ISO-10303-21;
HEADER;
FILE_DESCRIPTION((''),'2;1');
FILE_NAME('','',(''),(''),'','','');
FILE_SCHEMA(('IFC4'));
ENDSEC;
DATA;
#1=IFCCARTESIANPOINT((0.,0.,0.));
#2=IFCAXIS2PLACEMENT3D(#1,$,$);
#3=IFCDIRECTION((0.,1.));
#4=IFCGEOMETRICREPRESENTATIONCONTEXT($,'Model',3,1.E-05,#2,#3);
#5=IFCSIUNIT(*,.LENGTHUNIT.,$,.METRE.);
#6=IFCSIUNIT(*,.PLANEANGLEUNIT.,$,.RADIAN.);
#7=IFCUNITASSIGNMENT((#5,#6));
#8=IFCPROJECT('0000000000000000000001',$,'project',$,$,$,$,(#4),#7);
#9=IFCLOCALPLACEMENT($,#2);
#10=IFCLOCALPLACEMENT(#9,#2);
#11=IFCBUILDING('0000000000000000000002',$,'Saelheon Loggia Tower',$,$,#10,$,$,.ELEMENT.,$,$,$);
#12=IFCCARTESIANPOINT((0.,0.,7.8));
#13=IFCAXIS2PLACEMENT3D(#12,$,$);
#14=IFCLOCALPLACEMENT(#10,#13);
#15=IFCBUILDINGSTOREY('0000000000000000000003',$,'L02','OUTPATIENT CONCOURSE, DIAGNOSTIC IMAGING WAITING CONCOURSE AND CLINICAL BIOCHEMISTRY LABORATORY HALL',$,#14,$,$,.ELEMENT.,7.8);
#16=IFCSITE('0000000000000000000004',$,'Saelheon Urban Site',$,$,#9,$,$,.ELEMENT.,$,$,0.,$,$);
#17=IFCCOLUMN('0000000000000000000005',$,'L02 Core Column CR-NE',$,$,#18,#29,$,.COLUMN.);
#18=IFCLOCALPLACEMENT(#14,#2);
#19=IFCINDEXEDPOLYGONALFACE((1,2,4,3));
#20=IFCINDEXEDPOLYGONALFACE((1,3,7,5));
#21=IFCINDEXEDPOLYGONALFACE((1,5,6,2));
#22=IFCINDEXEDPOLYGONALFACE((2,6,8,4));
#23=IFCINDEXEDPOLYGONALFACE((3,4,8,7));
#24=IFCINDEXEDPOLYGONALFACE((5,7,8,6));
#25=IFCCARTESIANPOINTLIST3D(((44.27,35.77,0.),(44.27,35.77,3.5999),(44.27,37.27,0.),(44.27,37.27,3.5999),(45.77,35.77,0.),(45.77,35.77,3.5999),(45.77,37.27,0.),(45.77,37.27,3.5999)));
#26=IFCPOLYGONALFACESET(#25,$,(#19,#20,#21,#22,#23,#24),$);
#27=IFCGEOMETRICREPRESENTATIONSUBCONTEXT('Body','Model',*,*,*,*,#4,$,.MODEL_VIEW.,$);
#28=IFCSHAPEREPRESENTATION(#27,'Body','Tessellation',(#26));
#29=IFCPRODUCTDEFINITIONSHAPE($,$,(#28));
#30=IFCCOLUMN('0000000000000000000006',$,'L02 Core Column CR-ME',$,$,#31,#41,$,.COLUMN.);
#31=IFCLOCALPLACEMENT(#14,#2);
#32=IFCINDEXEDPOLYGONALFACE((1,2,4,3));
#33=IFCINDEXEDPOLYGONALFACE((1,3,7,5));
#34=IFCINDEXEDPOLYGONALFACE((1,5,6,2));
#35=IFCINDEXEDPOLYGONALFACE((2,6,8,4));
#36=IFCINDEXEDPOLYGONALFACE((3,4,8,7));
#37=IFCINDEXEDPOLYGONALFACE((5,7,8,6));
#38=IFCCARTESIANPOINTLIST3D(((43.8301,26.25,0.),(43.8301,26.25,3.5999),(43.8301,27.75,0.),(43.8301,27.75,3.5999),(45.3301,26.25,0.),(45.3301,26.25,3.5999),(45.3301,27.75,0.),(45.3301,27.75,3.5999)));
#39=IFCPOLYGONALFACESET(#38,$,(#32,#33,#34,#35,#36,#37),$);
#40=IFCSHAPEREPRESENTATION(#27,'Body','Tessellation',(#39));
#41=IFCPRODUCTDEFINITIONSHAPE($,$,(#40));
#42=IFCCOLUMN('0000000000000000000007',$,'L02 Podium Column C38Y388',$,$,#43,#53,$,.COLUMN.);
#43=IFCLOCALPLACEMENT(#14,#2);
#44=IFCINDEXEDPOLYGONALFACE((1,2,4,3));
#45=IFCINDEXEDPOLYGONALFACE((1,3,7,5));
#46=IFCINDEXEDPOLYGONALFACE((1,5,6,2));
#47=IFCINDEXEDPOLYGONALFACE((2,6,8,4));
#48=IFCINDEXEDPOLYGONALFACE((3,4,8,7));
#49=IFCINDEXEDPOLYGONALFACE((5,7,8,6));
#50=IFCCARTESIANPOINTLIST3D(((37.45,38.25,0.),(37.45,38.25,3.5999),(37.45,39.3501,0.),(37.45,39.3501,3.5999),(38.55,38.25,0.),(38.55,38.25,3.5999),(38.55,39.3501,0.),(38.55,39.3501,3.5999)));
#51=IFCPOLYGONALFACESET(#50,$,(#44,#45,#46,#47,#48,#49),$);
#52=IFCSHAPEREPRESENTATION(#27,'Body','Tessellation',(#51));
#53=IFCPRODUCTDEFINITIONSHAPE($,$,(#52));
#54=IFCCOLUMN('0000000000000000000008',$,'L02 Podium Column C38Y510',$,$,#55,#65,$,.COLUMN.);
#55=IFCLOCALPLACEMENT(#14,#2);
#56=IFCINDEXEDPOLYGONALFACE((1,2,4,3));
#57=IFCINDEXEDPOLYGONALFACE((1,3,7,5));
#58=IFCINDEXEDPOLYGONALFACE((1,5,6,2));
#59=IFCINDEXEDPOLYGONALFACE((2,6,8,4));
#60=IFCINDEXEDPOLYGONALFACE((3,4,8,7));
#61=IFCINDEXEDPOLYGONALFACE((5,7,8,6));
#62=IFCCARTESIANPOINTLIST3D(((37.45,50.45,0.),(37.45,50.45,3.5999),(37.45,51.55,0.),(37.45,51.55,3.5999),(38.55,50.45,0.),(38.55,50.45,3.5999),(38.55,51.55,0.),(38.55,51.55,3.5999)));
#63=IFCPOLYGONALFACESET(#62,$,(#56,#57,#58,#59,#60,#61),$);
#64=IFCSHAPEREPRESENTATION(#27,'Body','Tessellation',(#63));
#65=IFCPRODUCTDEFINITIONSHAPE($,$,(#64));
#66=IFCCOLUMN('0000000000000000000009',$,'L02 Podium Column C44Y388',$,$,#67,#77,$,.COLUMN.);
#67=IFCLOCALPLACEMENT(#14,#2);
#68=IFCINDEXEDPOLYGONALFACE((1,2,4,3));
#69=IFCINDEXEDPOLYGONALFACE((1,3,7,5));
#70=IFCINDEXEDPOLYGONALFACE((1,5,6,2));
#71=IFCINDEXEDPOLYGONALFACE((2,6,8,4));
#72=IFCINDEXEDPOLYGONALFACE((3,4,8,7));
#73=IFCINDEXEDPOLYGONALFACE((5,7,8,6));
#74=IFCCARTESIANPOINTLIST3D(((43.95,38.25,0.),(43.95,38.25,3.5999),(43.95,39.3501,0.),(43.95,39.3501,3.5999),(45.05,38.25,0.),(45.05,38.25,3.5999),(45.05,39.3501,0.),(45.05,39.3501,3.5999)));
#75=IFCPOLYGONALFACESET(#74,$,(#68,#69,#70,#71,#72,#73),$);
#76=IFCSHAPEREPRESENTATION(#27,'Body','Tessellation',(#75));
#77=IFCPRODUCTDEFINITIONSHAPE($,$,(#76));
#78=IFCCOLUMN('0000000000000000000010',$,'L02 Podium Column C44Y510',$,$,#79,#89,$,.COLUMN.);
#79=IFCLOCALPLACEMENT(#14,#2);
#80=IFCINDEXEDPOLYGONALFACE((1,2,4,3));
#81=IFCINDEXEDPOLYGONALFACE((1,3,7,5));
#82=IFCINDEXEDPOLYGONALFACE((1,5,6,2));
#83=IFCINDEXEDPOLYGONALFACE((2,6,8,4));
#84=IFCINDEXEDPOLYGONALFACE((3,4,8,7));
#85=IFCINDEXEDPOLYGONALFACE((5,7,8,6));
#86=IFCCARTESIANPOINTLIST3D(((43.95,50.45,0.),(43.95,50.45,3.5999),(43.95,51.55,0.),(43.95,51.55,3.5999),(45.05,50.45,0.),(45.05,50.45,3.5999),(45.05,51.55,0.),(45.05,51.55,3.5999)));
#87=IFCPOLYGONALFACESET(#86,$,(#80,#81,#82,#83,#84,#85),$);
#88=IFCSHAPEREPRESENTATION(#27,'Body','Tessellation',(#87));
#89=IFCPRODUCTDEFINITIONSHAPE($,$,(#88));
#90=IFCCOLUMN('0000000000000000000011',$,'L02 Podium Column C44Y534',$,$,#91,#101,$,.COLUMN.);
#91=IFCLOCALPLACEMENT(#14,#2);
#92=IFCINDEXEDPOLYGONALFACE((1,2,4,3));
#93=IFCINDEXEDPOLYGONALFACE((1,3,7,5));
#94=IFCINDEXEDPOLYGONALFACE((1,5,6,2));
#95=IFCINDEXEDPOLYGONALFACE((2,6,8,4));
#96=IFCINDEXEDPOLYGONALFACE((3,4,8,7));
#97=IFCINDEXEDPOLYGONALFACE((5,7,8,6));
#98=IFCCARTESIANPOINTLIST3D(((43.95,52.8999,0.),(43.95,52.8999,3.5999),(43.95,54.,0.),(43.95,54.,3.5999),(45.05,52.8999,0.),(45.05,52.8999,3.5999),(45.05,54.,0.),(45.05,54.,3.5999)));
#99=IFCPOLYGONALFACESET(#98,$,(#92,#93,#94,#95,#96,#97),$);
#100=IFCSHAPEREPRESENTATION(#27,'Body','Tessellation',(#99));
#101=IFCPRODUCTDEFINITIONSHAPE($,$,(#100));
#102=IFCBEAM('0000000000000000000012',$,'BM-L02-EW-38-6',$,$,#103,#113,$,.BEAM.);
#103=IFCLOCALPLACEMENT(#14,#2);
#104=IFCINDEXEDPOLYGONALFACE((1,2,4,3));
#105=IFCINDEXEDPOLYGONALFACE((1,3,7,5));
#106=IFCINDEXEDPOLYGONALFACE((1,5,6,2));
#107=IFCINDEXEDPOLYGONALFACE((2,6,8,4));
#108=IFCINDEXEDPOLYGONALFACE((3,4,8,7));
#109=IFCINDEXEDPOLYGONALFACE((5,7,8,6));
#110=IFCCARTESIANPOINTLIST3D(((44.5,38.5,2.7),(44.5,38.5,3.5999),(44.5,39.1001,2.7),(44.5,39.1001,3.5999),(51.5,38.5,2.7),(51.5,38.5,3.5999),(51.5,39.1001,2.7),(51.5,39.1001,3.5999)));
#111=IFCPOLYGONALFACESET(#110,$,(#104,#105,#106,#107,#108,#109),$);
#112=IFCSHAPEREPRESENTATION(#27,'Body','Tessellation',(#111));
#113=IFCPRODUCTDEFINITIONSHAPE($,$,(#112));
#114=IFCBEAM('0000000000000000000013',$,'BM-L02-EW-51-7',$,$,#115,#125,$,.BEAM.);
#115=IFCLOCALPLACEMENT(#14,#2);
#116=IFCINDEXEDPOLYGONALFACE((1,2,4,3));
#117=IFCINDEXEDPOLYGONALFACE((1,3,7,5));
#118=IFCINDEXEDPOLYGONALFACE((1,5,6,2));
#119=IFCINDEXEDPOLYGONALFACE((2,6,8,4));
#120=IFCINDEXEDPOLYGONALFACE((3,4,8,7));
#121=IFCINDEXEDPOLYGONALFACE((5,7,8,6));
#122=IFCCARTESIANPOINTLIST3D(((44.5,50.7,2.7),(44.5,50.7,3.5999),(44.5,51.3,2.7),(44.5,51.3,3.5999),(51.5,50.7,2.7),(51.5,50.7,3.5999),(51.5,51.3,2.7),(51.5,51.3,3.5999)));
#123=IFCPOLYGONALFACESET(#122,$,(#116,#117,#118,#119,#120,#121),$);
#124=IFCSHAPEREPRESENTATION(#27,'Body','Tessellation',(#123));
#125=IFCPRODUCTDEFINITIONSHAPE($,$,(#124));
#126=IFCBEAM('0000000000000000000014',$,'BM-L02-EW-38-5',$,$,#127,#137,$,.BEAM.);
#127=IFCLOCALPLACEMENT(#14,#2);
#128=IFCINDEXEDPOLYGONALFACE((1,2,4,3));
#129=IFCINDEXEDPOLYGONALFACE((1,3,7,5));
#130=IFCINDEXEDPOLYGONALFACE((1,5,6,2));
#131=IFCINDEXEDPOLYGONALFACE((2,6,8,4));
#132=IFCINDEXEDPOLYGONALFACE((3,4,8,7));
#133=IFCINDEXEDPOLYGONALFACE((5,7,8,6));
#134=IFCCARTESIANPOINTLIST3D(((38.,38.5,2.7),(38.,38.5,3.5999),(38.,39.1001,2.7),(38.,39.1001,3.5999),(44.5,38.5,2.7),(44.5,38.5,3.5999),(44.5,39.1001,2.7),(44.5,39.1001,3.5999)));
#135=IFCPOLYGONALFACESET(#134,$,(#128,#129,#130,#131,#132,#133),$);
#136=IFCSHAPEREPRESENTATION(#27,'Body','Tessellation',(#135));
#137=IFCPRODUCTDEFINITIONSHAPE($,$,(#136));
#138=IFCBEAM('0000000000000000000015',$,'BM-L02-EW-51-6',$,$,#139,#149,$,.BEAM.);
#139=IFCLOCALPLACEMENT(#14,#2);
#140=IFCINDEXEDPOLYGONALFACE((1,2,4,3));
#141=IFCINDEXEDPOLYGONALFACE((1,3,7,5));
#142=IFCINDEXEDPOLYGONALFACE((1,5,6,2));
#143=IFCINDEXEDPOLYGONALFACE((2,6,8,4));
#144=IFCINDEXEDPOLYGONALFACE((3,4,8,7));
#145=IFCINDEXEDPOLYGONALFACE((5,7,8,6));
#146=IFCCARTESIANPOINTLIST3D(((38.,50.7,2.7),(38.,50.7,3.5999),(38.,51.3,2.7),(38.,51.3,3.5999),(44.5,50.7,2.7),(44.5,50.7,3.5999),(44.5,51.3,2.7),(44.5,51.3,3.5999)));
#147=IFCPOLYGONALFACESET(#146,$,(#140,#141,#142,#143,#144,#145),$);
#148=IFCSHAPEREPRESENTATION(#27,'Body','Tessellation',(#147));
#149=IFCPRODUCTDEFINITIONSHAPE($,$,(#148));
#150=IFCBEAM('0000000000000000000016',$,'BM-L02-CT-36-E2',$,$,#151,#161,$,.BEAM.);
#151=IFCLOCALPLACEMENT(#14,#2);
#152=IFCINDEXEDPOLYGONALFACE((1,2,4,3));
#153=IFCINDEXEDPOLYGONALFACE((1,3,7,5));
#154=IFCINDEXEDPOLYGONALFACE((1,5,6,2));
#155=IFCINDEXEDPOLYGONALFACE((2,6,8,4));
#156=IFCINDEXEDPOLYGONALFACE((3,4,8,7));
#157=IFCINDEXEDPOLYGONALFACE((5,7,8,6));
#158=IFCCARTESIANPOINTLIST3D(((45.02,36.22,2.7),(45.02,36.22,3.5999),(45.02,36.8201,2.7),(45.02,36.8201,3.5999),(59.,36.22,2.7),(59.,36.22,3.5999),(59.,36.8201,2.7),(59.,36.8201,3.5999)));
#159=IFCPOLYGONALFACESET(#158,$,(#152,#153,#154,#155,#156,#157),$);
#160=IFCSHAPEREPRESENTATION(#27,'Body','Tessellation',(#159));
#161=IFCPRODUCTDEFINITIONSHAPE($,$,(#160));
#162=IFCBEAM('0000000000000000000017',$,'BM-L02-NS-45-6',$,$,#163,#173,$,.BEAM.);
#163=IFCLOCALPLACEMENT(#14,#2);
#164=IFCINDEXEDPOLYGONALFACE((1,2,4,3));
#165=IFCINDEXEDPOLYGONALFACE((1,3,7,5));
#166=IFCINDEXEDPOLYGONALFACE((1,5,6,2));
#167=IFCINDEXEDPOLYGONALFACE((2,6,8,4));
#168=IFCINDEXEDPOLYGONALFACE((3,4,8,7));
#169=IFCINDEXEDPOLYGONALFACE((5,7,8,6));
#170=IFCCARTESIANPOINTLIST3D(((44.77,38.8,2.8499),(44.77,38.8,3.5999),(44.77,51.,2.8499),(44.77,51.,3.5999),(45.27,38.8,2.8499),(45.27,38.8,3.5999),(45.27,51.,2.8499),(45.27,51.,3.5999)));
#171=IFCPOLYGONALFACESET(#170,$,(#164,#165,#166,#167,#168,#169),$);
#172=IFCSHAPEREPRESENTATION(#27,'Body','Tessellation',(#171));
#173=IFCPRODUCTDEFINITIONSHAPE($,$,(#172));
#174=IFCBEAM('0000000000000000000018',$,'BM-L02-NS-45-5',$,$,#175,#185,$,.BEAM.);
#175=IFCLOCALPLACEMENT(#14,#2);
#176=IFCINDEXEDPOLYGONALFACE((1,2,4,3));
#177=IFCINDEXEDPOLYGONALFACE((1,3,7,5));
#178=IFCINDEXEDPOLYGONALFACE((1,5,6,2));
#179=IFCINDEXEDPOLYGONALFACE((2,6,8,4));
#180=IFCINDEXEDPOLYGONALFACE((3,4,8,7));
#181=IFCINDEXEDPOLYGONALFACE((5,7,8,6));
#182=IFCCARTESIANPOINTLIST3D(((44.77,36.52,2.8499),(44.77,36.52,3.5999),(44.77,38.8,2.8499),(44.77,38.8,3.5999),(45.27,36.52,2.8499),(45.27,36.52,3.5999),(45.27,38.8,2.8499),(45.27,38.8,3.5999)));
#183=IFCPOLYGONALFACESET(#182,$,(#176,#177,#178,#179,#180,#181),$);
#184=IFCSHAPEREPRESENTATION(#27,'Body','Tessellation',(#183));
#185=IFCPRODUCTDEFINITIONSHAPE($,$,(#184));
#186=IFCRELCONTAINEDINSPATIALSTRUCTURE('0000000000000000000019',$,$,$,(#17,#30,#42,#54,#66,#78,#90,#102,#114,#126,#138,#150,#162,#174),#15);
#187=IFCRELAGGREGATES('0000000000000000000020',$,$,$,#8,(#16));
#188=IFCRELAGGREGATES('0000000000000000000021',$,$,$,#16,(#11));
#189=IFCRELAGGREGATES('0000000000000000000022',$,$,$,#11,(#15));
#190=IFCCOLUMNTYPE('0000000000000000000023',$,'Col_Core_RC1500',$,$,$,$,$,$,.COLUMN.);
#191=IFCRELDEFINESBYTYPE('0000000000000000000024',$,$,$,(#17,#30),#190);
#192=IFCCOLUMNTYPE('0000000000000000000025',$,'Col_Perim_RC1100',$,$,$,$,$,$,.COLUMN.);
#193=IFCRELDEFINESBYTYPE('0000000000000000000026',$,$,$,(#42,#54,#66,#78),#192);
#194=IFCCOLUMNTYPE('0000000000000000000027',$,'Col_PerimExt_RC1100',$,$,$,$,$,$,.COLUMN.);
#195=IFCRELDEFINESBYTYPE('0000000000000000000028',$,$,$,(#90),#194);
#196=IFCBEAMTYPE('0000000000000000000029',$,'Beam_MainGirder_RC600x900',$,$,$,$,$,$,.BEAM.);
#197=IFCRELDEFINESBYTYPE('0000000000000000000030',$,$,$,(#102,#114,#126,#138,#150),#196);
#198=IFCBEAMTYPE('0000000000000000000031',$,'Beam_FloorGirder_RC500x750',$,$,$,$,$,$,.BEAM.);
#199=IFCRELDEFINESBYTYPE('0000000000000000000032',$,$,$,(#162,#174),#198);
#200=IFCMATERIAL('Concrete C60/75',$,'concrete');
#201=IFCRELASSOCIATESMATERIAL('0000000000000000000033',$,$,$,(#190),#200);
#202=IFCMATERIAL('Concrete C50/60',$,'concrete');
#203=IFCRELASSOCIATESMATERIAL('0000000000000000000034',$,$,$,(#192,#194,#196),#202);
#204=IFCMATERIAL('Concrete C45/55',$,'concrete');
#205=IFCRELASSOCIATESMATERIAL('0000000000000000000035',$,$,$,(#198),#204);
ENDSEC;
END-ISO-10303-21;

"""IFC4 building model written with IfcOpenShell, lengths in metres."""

from ifc_helpers import new_model, si_unit, direction, frame, origin, origin_2d, place, context, subcontext, project, spatial, rectangle, extrude, source, transform, mapped, material, material_profile, profile_set, type_object, element, save


model = new_model("IFC4")

# Units and contexts
model_context = context("Model", 3, precision=1e-05, world=origin(), true_north=direction((0.0, 1.0)))
body_context = subcontext(model_context, "Body", "Model", "MODEL_VIEW")
ifc_project = project(units=[si_unit("LENGTHUNIT", "METRE"), si_unit("PLANEANGLEUNIT", "RADIAN")], contexts=[model_context])

# Site, building, storey
site_placement = place(None, origin())
site = spatial("IfcSite", under=ifc_project, at=site_placement, Name="Saelheon Urban Site", CompositionType="ELEMENT", RefElevation=0.0)
building_placement = place(site_placement, origin())
building = spatial("IfcBuilding", under=site, at=building_placement, Name="Saelheon Loggia Tower", CompositionType="ELEMENT")
storey_placement = place(building_placement, frame((0.0, 0.0, 7.8)))
storey = spatial("IfcBuildingStorey", under=building, at=storey_placement, Name="L02", Description="OUTPATIENT CONCOURSE, DIAGNOSTIC IMAGING WAITING CONCOURSE AND CLINICAL BIOCHEMISTRY LABORATORY HALL", CompositionType="ELEMENT", Elevation=7.8)

# Columns
ifc_material_1 = material(Name="Concrete C60/75", Category="concrete")
ifc_material_profile_1 = material_profile(ifc_material_1, rectangle(XDim=1.5, YDim=1.5, at=origin_2d()), Name="RC-1500x1500")
ifc_profile_set_1 = profile_set([ifc_material_profile_1], Name="Concrete C60/75")
column_type_1 = type_object("IfcColumnType", Name="Col_Core_RC1500", PredefinedType="COLUMN", material=ifc_profile_set_1)
shared_shape_1 = source(origin(), body_context, "Body", "SweptSolid", [
    extrude(rectangle(XDim=1.5, YDim=1.5, at=origin_2d()), origin(), (0.0, 0.0, 1.0), 3.5999),
])
for number, where, z_axis, x_axis, name in (
    (1, (45.02, 36.52, 0.0), (0.0, 0.0, 1.0), (1.0, 0.0, 0.0), "L02 Core Column CR-NE"),
    (2, (44.5801, 27.0, 0.0), (0.0, 0.0, 1.0), (1.0, 0.0, 0.0), "L02 Core Column CR-ME"),
):
    element("IfcColumn", number, at=place(storey_placement, frame(where, z_axis=z_axis, x_axis=x_axis)), inside=storey, type_object=column_type_1, Name=name, PredefinedType="COLUMN", context=body_context, shape_type="MappedRepresentation", body=[
        mapped(shared_shape_1, transform((0.0, 0.0, 0.0), scale=1.0)),
    ])
ifc_material_2 = material(Name="Concrete C50/60", Category="concrete")
ifc_material_profile_2 = material_profile(ifc_material_2, rectangle(XDim=1.1001, YDim=1.1001, at=origin_2d()), Name="RC-1100x1100")
ifc_profile_set_2 = profile_set([ifc_material_profile_2], Name="Concrete C50/60")
column_type_2 = type_object("IfcColumnType", Name="Col_Perim_RC1100", PredefinedType="COLUMN", material=ifc_profile_set_2)
shared_shape_2 = source(origin(), body_context, "Body", "SweptSolid", [
    extrude(rectangle(XDim=1.1001, YDim=1.1001, at=origin_2d()), origin(), (0.0, 0.0, 1.0), 3.5999),
])
for number, where, z_axis, x_axis, name in (
    (3, (38.0, 38.8, 0.0), (0.0, 0.0, 1.0), (1.0, 0.0, 0.0), "L02 Podium Column C38Y388"),
    (4, (38.0, 51.0, 0.0), (0.0, 0.0, 1.0), (1.0, 0.0, 0.0), "L02 Podium Column C38Y510"),
    (5, (44.5, 38.8, 0.0), (0.0, 0.0, 1.0), (1.0, 0.0, 0.0), "L02 Podium Column C44Y388"),
    (6, (44.5, 51.0, 0.0), (0.0, 0.0, 1.0), (1.0, 0.0, 0.0), "L02 Podium Column C44Y510"),
):
    element("IfcColumn", number, at=place(storey_placement, frame(where, z_axis=z_axis, x_axis=x_axis)), inside=storey, type_object=column_type_2, Name=name, PredefinedType="COLUMN", context=body_context, shape_type="MappedRepresentation", body=[
        mapped(shared_shape_2, transform((0.0, 0.0, 0.0), scale=1.0)),
    ])
ifc_material_profile_3 = material_profile(ifc_material_2, rectangle(XDim=1.1001, YDim=1.1001, at=origin_2d()), Name="RC-1100x1100")
ifc_profile_set_3 = profile_set([ifc_material_profile_3], Name="Concrete C50/60")
column_type_3 = type_object("IfcColumnType", Name="Col_PerimExt_RC1100", PredefinedType="COLUMN", material=ifc_profile_set_3)
column_placement = place(storey_placement, frame((44.5, 53.45, 0.0), z_axis=(0.0, 0.0, 1.0), x_axis=(1.0, 0.0, 0.0)))
element("IfcColumn", 7, at=column_placement, inside=storey, type_object=column_type_3, Name="L02 Podium Column C44Y534", PredefinedType="COLUMN", context=body_context, shape_type="MappedRepresentation", body=[
    mapped(shared_shape_2, transform((0.0, 0.0, 0.0), scale=1.0)),
])

# Beams
ifc_material_profile_4 = material_profile(ifc_material_2, rectangle(XDim=0.6001, YDim=0.8999, at=origin_2d()), Name="RC-600x900")
ifc_profile_set_4 = profile_set([ifc_material_profile_4], Name="Concrete C50/60")
beam_type_1 = type_object("IfcBeamType", Name="Beam_MainGirder_RC600x900", PredefinedType="BEAM", material=ifc_profile_set_4)
shared_shape_3 = source(origin(), body_context, "Body", "SweptSolid", [
    extrude(rectangle(XDim=0.6001, YDim=0.8999, at=origin_2d()), origin(), (0.0, 0.0, 1.0), 7.0),
])
for number, where, z_axis, x_axis, name in (
    (8, (44.5, 38.8, 3.1499), (1.0, 0.0, 0.0), (0.0, 1.0, 0.0), "BM-L02-EW-38-6"),
    (9, (44.5, 51.0, 3.1499), (1.0, 0.0, 0.0), (0.0, 1.0, 0.0), "BM-L02-EW-51-7"),
):
    element("IfcBeam", number, at=place(storey_placement, frame(where, z_axis=z_axis, x_axis=x_axis)), inside=storey, type_object=beam_type_1, Name=name, PredefinedType="BEAM", context=body_context, shape_type="MappedRepresentation", body=[
        mapped(shared_shape_3, transform((0.0, 0.0, 0.0), scale=1.0)),
    ])
shared_shape_4 = source(origin(), body_context, "Body", "SweptSolid", [
    extrude(rectangle(XDim=0.6001, YDim=0.8999, at=origin_2d()), origin(), (0.0, 0.0, 1.0), 6.5),
])
for number, where, z_axis, x_axis, name in (
    (10, (38.0, 38.8, 3.1499), (1.0, 0.0, 0.0), (0.0, 1.0, 0.0), "BM-L02-EW-38-5"),
    (11, (38.0, 51.0, 3.1499), (1.0, 0.0, 0.0), (0.0, 1.0, 0.0), "BM-L02-EW-51-6"),
):
    element("IfcBeam", number, at=place(storey_placement, frame(where, z_axis=z_axis, x_axis=x_axis)), inside=storey, type_object=beam_type_1, Name=name, PredefinedType="BEAM", context=body_context, shape_type="MappedRepresentation", body=[
        mapped(shared_shape_4, transform((0.0, 0.0, 0.0), scale=1.0)),
    ])
shared_shape_5 = source(origin(), body_context, "Body", "SweptSolid", [
    extrude(rectangle(XDim=0.6001, YDim=0.8999, at=origin_2d()), origin(), (0.0, 0.0, 1.0), 13.98),
])
beam_1_placement = place(storey_placement, frame((45.02, 36.52, 3.1499), z_axis=(1.0, 0.0, 0.0), x_axis=(0.0, 1.0, 0.0)))
element("IfcBeam", 12, at=beam_1_placement, inside=storey, type_object=beam_type_1, Name="BM-L02-CT-36-E2", PredefinedType="BEAM", context=body_context, shape_type="MappedRepresentation", body=[
    mapped(shared_shape_5, transform((0.0, 0.0, 0.0), scale=1.0)),
])
ifc_material_3 = material(Name="Concrete C45/55", Category="concrete")
ifc_material_profile_5 = material_profile(ifc_material_3, rectangle(XDim=0.5, YDim=0.75, at=origin_2d()), Name="RC-500x750")
ifc_profile_set_5 = profile_set([ifc_material_profile_5], Name="Concrete C45/55")
beam_type_2 = type_object("IfcBeamType", Name="Beam_FloorGirder_RC500x750", PredefinedType="BEAM", material=ifc_profile_set_5)
shared_shape_6 = source(origin(), body_context, "Body", "SweptSolid", [
    extrude(rectangle(XDim=0.5, YDim=0.75, at=origin_2d()), origin(), (0.0, 0.0, 1.0), 12.2),
])
beam_2_placement = place(storey_placement, frame((45.02, 38.8, 3.2249), z_axis=(0.0, 1.0, 0.0), x_axis=(-1.0, 0.0, 0.0)))
element("IfcBeam", 13, at=beam_2_placement, inside=storey, type_object=beam_type_2, Name="BM-L02-NS-45-6", PredefinedType="BEAM", context=body_context, shape_type="MappedRepresentation", body=[
    mapped(shared_shape_6, transform((0.0, 0.0, 0.0), scale=1.0)),
])
shared_shape_7 = source(origin(), body_context, "Body", "SweptSolid", [
    extrude(rectangle(XDim=0.5, YDim=0.75, at=origin_2d()), origin(), (0.0, 0.0, 1.0), 2.28),
])
beam_3_placement = place(storey_placement, frame((45.02, 36.52, 3.2249), z_axis=(0.0, 1.0, 0.0), x_axis=(-1.0, 0.0, 0.0)))
element("IfcBeam", 14, at=beam_3_placement, inside=storey, type_object=beam_type_2, Name="BM-L02-NS-45-5", PredefinedType="BEAM", context=body_context, shape_type="MappedRepresentation", body=[
    mapped(shared_shape_7, transform((0.0, 0.0, 0.0), scale=1.0)),
])

save(model, "model.ifc")
